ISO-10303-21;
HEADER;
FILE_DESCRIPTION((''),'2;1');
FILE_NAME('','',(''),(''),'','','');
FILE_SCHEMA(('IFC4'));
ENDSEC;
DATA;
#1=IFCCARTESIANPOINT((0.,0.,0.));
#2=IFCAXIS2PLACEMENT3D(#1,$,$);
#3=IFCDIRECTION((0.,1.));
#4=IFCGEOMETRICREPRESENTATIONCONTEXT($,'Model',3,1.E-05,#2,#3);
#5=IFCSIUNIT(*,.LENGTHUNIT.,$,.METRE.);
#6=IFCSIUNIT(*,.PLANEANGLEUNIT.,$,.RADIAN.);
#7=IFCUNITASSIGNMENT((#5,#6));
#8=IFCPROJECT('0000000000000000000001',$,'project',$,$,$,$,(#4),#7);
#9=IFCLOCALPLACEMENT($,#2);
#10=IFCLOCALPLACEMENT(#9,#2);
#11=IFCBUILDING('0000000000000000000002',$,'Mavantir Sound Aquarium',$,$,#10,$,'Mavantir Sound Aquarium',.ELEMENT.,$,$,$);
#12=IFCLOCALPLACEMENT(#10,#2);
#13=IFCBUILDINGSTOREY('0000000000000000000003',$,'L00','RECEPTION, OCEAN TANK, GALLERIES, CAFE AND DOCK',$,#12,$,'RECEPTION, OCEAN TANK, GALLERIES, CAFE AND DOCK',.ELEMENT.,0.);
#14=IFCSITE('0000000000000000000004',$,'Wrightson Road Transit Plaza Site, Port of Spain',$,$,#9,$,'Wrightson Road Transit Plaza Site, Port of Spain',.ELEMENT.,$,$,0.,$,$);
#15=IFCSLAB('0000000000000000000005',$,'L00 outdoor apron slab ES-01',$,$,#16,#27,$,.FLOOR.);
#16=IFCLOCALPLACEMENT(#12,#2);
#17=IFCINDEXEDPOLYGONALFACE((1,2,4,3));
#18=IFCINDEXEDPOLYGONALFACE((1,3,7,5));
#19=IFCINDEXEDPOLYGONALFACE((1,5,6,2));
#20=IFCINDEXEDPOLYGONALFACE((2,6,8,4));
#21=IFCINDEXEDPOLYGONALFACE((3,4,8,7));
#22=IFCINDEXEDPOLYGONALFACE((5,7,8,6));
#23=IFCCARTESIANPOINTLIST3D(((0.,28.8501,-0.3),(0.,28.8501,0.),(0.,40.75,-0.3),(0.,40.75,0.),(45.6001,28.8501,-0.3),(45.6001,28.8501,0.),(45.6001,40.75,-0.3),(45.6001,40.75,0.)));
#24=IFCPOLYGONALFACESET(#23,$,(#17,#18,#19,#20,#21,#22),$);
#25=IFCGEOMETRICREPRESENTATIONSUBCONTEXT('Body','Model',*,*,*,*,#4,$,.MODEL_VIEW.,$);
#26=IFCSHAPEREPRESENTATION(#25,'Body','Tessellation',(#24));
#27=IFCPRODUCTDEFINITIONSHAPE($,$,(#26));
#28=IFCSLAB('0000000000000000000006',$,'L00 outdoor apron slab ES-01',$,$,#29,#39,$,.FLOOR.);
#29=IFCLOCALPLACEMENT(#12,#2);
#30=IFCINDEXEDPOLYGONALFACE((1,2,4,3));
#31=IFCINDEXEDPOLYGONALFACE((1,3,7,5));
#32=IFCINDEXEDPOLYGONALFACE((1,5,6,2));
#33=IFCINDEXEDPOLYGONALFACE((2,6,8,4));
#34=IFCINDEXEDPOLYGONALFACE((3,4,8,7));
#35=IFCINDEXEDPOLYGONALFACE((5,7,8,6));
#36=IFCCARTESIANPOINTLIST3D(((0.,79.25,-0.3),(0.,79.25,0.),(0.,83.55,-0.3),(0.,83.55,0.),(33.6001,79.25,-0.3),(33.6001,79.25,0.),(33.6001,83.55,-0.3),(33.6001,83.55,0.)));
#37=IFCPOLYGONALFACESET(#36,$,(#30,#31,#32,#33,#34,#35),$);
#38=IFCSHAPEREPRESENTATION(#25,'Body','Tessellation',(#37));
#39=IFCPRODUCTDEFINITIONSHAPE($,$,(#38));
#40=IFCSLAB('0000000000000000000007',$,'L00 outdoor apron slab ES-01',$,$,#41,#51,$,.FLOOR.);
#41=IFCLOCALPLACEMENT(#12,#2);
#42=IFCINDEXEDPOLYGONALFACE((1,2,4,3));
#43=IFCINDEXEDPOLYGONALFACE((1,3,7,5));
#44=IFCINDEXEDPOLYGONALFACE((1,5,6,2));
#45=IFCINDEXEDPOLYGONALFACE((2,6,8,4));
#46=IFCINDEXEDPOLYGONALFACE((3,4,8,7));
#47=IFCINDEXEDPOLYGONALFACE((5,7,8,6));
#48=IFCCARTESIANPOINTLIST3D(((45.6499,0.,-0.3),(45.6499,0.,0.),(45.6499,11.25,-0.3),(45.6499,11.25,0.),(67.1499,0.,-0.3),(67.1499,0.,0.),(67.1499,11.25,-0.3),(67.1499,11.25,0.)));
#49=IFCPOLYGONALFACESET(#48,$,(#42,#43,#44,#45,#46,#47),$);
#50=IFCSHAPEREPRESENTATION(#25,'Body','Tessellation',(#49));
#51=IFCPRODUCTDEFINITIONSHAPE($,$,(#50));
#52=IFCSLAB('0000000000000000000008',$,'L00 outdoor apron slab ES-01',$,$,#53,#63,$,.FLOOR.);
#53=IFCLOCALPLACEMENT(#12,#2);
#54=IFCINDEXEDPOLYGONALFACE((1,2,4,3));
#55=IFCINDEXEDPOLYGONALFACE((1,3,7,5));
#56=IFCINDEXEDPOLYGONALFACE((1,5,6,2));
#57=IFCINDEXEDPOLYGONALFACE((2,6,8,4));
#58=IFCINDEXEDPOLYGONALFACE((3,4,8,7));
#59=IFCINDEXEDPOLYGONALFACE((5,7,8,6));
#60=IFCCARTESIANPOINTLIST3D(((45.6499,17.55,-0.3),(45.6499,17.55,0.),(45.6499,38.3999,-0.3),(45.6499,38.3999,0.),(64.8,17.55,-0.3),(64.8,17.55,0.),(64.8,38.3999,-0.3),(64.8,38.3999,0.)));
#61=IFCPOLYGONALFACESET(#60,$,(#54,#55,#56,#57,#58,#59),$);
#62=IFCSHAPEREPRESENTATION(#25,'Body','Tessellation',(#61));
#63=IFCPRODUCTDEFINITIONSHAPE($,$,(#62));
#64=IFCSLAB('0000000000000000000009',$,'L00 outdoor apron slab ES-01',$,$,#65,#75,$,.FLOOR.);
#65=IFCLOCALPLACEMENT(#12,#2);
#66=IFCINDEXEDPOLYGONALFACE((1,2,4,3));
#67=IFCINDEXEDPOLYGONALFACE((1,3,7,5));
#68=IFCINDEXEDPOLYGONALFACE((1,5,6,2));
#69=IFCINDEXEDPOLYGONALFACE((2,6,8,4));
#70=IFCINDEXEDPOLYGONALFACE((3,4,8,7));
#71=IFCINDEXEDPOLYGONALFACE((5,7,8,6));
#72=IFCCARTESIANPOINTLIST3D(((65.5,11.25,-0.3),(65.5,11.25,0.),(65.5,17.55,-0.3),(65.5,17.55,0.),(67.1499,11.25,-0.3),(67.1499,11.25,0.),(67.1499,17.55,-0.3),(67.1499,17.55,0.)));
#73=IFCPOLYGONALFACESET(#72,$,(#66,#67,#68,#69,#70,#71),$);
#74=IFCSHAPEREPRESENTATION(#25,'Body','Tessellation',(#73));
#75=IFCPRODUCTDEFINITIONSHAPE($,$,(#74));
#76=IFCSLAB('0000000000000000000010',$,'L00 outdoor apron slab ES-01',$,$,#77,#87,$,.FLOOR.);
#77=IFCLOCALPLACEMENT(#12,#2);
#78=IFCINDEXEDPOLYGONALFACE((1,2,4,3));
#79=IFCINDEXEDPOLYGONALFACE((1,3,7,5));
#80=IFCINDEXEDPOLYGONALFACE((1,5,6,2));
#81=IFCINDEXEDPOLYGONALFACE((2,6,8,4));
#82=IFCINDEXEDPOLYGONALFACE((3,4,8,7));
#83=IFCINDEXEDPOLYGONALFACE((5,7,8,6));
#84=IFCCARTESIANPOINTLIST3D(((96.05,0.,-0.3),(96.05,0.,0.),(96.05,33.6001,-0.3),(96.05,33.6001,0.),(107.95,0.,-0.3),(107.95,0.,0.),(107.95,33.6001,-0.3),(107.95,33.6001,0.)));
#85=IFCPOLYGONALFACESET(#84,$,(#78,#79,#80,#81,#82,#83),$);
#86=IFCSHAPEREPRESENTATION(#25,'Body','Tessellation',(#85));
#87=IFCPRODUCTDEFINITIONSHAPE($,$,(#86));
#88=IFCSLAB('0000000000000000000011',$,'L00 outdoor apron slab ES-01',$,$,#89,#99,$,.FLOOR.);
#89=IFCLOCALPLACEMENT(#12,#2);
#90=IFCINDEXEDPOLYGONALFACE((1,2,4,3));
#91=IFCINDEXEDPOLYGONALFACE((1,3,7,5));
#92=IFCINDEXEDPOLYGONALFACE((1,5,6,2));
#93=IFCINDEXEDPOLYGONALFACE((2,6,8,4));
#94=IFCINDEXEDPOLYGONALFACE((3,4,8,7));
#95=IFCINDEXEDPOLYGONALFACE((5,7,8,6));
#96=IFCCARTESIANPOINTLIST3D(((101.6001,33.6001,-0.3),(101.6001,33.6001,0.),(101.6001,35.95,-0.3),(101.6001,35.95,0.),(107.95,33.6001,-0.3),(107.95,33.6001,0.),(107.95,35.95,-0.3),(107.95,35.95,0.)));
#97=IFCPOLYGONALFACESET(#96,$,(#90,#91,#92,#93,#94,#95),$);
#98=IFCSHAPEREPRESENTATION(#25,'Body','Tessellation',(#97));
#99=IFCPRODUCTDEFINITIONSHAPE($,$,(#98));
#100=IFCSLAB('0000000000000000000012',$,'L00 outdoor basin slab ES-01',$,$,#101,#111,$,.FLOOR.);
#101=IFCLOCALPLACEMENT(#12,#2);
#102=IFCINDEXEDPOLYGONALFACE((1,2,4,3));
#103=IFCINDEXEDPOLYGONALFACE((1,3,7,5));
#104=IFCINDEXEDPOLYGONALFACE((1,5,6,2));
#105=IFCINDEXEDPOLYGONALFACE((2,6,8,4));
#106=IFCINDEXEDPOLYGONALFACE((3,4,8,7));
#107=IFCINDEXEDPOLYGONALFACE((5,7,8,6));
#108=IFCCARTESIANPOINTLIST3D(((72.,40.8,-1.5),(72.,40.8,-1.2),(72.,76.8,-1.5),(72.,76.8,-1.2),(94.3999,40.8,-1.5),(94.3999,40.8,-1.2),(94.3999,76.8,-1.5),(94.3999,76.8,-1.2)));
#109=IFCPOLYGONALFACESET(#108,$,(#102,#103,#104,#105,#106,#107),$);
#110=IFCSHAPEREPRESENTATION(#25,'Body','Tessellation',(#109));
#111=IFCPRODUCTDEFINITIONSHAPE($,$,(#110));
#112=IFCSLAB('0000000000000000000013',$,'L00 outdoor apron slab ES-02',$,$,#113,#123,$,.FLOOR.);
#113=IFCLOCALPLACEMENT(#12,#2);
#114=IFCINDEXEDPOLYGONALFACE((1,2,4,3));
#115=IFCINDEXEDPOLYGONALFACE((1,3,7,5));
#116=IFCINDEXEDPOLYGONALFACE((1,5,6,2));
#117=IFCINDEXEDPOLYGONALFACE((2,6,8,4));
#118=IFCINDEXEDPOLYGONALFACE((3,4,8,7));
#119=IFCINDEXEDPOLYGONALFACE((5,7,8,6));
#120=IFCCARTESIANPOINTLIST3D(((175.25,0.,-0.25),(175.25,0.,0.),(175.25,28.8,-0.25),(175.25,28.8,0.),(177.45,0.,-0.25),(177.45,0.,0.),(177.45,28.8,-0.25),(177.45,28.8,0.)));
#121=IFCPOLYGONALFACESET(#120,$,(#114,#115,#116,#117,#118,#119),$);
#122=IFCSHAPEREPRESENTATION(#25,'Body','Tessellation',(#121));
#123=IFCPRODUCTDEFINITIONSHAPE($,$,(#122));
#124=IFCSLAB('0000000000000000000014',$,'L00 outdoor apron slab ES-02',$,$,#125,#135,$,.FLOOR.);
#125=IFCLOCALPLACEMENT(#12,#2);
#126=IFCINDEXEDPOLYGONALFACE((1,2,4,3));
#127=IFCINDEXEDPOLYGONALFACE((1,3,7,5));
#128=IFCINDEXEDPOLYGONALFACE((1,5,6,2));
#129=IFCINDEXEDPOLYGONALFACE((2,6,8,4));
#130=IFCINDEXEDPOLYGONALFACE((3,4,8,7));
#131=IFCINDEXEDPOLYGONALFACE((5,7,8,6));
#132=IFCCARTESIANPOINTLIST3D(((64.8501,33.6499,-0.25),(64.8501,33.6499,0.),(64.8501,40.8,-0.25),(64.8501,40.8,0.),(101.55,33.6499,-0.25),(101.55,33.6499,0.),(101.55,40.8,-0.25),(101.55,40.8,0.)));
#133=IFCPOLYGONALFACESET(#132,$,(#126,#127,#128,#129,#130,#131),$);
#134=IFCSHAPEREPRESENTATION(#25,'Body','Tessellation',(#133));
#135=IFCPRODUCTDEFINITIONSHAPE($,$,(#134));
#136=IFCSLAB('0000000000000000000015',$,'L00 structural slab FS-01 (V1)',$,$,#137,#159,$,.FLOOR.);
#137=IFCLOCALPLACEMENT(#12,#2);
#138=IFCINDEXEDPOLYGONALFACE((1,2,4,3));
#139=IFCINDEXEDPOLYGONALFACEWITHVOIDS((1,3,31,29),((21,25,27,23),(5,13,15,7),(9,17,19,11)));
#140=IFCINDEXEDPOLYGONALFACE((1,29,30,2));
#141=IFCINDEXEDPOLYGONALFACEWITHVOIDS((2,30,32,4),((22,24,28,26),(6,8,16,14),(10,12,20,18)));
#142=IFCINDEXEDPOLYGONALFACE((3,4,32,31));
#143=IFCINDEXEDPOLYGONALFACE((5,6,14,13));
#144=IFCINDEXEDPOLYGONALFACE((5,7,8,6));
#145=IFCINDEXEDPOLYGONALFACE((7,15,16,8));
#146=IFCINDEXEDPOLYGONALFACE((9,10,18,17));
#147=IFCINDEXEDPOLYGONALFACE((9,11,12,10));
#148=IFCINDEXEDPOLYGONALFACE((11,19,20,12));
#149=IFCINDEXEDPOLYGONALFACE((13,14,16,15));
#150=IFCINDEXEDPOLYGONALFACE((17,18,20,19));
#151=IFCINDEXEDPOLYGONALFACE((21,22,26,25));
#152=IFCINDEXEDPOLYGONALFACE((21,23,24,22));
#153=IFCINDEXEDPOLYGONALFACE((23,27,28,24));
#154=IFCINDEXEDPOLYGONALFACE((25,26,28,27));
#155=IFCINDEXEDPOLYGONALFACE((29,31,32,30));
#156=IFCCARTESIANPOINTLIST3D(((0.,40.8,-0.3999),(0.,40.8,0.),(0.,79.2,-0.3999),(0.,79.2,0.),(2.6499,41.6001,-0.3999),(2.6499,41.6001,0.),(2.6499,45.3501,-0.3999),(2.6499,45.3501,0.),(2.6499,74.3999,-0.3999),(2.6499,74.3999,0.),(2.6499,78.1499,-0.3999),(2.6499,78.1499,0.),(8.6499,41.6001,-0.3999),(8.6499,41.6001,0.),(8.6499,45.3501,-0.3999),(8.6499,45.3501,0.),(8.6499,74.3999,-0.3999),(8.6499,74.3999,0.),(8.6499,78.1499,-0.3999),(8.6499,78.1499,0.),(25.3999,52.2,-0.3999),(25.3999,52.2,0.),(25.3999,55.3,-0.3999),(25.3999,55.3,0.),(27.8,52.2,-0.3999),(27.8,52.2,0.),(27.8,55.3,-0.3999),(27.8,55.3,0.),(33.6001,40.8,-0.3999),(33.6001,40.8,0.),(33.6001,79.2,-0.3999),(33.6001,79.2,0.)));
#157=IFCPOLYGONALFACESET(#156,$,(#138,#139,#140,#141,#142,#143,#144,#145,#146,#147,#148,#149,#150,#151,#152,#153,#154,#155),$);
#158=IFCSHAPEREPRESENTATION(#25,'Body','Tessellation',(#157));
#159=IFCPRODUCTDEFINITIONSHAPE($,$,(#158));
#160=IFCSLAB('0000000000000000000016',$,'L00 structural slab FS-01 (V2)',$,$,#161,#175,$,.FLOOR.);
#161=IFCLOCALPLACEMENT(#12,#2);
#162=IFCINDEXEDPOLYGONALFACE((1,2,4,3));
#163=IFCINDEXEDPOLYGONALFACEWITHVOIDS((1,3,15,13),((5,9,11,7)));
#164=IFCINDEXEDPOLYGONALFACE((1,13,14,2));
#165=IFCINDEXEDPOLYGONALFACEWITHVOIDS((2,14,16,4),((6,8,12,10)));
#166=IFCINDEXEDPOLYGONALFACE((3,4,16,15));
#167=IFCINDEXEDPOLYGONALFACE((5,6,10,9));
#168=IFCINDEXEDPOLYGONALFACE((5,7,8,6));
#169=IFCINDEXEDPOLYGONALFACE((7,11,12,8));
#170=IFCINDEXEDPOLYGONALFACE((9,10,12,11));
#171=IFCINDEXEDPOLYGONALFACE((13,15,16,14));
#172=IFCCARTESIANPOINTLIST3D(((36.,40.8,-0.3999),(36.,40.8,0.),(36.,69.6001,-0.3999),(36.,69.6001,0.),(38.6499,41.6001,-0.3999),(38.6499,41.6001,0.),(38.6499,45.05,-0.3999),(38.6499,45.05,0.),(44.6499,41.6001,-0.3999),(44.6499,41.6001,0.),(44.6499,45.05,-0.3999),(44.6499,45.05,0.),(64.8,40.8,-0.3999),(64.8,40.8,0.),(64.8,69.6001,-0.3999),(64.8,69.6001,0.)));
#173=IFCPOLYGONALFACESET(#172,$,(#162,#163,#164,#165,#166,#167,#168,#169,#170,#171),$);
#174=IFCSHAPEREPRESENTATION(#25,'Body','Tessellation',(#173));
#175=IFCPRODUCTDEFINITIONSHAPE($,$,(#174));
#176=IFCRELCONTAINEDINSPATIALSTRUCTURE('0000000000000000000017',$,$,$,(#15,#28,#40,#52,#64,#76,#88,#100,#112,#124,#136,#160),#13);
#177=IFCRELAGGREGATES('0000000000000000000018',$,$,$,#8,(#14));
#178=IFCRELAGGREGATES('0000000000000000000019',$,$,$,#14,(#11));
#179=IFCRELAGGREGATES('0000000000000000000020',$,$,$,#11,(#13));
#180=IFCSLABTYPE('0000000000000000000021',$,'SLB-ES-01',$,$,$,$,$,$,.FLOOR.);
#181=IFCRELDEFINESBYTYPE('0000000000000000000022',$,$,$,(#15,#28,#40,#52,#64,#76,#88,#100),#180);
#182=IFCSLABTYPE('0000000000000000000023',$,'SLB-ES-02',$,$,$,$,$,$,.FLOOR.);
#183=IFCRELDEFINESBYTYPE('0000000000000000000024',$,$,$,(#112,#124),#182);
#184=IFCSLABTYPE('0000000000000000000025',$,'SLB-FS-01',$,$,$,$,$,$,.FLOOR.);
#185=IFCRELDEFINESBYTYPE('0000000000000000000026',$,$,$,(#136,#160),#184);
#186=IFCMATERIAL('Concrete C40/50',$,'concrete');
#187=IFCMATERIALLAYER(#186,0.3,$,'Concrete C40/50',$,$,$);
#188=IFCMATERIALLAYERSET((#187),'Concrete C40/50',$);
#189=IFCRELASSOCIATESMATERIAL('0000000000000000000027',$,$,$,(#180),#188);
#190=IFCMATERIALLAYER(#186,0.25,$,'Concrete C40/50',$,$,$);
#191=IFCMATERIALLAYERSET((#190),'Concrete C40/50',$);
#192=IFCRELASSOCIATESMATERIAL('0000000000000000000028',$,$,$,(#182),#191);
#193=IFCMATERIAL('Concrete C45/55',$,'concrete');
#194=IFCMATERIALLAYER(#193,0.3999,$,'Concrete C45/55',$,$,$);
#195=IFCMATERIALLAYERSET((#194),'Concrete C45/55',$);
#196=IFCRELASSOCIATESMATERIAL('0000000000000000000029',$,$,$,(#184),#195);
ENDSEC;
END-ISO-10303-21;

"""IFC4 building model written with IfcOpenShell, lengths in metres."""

from ifc_helpers import new_model, si_unit, direction, frame, origin, place, context, subcontext, project, spatial, polyline, outline, extrude, material, layer, layer_set, type_object, element, save


model = new_model("IFC4")

# Units and contexts
model_context = context("Model", 3, precision=1e-05, world=origin(), true_north=direction((0.0, 1.0)))
body_context = subcontext(model_context, "Body", "Model", "MODEL_VIEW")
ifc_project = project(units=[si_unit("LENGTHUNIT", "METRE"), si_unit("PLANEANGLEUNIT", "RADIAN")], contexts=[model_context])

# Site, building, storey
site_placement = place(None, origin())
site = spatial("IfcSite", under=ifc_project, at=site_placement, Name="Wrightson Road Transit Plaza Site, Port of Spain", LongName="Wrightson Road Transit Plaza Site, Port of Spain", CompositionType="ELEMENT", RefElevation=0.0)
building_placement = place(site_placement, origin())
building = spatial("IfcBuilding", under=site, at=building_placement, Name="Mavantir Sound Aquarium", LongName="Mavantir Sound Aquarium", CompositionType="ELEMENT")
storey_placement = place(building_placement, origin())
storey = spatial("IfcBuildingStorey", under=building, at=storey_placement, Name="L00", Description="RECEPTION, OCEAN TANK, GALLERIES, CAFE AND DOCK", LongName="RECEPTION, OCEAN TANK, GALLERIES, CAFE AND DOCK", CompositionType="ELEMENT", Elevation=0.0)

# Slabs
ifc_material_1 = material(Name="Concrete C40/50", Category="concrete")
ifc_layer_1 = layer(ifc_material_1, 0.3, Name="Concrete C40/50")
ifc_layer_set_1 = layer_set([ifc_layer_1], Name="Concrete C40/50")
slab_type_1 = type_object("IfcSlabType", Name="SLB-ES-01", PredefinedType="FLOOR", material=ifc_layer_set_1)
slab_1_placement = place(storey_placement, frame((0.0, 0.0, -0.3)))
element("IfcSlab", 1, at=slab_1_placement, inside=storey, type_object=slab_type_1, Name="L00 outdoor apron slab ES-01", PredefinedType="FLOOR", context=body_context, shape_type="SweptSolid", body=[
    extrude(outline(polyline([(0.0, 28.8501), (45.6001, 28.8501), (45.6001, 40.75), (0.0, 40.75), (0.0, 28.8501)])), origin(), (0.0, 0.0, 1.0), 0.3),
])
slab_2_placement = place(storey_placement, frame((0.0, 0.0, -0.3)))
element("IfcSlab", 2, at=slab_2_placement, inside=storey, type_object=slab_type_1, Name="L00 outdoor apron slab ES-01", PredefinedType="FLOOR", context=body_context, shape_type="SweptSolid", body=[
    extrude(outline(polyline([(0.0, 79.25), (33.6001, 79.25), (33.6001, 83.55), (0.0, 83.55), (0.0, 79.25)])), origin(), (0.0, 0.0, 1.0), 0.3),
])
slab_3_placement = place(storey_placement, frame((0.0, 0.0, -0.3)))
element("IfcSlab", 3, at=slab_3_placement, inside=storey, type_object=slab_type_1, Name="L00 outdoor apron slab ES-01", PredefinedType="FLOOR", context=body_context, shape_type="SweptSolid", body=[
    extrude(outline(polyline([(45.6499, 0.0), (67.1499, 0.0), (67.1499, 11.25), (45.6499, 11.25), (45.6499, 0.0)])), origin(), (0.0, 0.0, 1.0), 0.3),
])
slab_4_placement = place(storey_placement, frame((0.0, 0.0, -0.3)))
element("IfcSlab", 4, at=slab_4_placement, inside=storey, type_object=slab_type_1, Name="L00 outdoor apron slab ES-01", PredefinedType="FLOOR", context=body_context, shape_type="SweptSolid", body=[
    extrude(outline(polyline([(45.6499, 17.55), (64.8, 17.55), (64.8, 38.3999), (45.6499, 38.3999), (45.6499, 17.55)])), origin(), (0.0, 0.0, 1.0), 0.3),
])
slab_5_placement = place(storey_placement, frame((0.0, 0.0, -0.3)))
element("IfcSlab", 5, at=slab_5_placement, inside=storey, type_object=slab_type_1, Name="L00 outdoor apron slab ES-01", PredefinedType="FLOOR", context=body_context, shape_type="SweptSolid", body=[
    extrude(outline(polyline([(65.5, 11.25), (67.1499, 11.25), (67.1499, 17.55), (65.5, 17.55), (65.5, 11.25)])), origin(), (0.0, 0.0, 1.0), 0.3),
])
slab_6_placement = place(storey_placement, frame((0.0, 0.0, -0.3)))
element("IfcSlab", 6, at=slab_6_placement, inside=storey, type_object=slab_type_1, Name="L00 outdoor apron slab ES-01", PredefinedType="FLOOR", context=body_context, shape_type="SweptSolid", body=[
    extrude(outline(polyline([(96.05, 0.0), (107.95, 0.0), (107.95, 33.6001), (96.05, 33.6001), (96.05, 0.0)])), origin(), (0.0, 0.0, 1.0), 0.3),
])
slab_7_placement = place(storey_placement, frame((0.0, 0.0, -0.3)))
element("IfcSlab", 7, at=slab_7_placement, inside=storey, type_object=slab_type_1, Name="L00 outdoor apron slab ES-01", PredefinedType="FLOOR", context=body_context, shape_type="SweptSolid", body=[
    extrude(outline(polyline([(101.6001, 33.6001), (107.95, 33.6001), (107.95, 35.95), (101.6001, 35.95), (101.6001, 33.6001)])), origin(), (0.0, 0.0, 1.0), 0.3),
])
slab_8_placement = place(storey_placement, frame((0.0, 0.0, -1.5)))
element("IfcSlab", 8, at=slab_8_placement, inside=storey, type_object=slab_type_1, Name="L00 outdoor basin slab ES-01", PredefinedType="FLOOR", context=body_context, shape_type="SweptSolid", body=[
    extrude(outline(polyline([(72.0, 40.8), (94.3999, 40.8), (94.3999, 76.8), (72.0, 76.8), (72.0, 40.8)])), origin(), (0.0, 0.0, 1.0), 0.3),
])
ifc_layer_2 = layer(ifc_material_1, 0.25, Name="Concrete C40/50")
ifc_layer_set_2 = layer_set([ifc_layer_2], Name="Concrete C40/50")
slab_type_2 = type_object("IfcSlabType", Name="SLB-ES-02", PredefinedType="FLOOR", material=ifc_layer_set_2)
slab_9_placement = place(storey_placement, frame((0.0, 0.0, -0.25)))
element("IfcSlab", 9, at=slab_9_placement, inside=storey, type_object=slab_type_2, Name="L00 outdoor apron slab ES-02", PredefinedType="FLOOR", context=body_context, shape_type="SweptSolid", body=[
    extrude(outline(polyline([(175.25, 0.0), (177.45, 0.0), (177.45, 28.8), (175.25, 28.8), (175.25, 0.0)])), origin(), (0.0, 0.0, 1.0), 0.25),
])
slab_10_placement = place(storey_placement, frame((0.0, 0.0, -0.25)))
element("IfcSlab", 10, at=slab_10_placement, inside=storey, type_object=slab_type_2, Name="L00 outdoor apron slab ES-02", PredefinedType="FLOOR", context=body_context, shape_type="SweptSolid", body=[
    extrude(outline(polyline([(64.8501, 33.6499), (101.55, 33.6499), (101.55, 40.8), (64.8501, 40.8), (64.8501, 33.6499)])), origin(), (0.0, 0.0, 1.0), 0.25),
])
ifc_material_2 = material(Name="Concrete C45/55", Category="concrete")
ifc_layer_3 = layer(ifc_material_2, 0.3999, Name="Concrete C45/55")
ifc_layer_set_3 = layer_set([ifc_layer_3], Name="Concrete C45/55")
slab_type_3 = type_object("IfcSlabType", Name="SLB-FS-01", PredefinedType="FLOOR", material=ifc_layer_set_3)
slab_11_placement = place(storey_placement, frame((0.0, 0.0, -0.3999)))
element("IfcSlab", 11, at=slab_11_placement, inside=storey, type_object=slab_type_3, Name="L00 structural slab FS-01 (V1)", PredefinedType="FLOOR", context=body_context, shape_type="SweptSolid", body=[
    extrude(outline(polyline([(33.6001, 40.8), (33.6001, 79.2), (0.0, 79.2), (0.0, 40.8), (33.6001, 40.8)]), holes=[polyline([(2.6499, 41.6001), (8.6499, 41.6001), (8.6499, 45.3501), (2.6499, 45.3501), (2.6499, 41.6001)]), polyline([(2.6499, 74.3999), (8.6499, 74.3999), (8.6499, 78.1499), (2.6499, 78.1499), (2.6499, 74.3999)]), polyline([(25.3999, 52.2), (27.8, 52.2), (27.8, 55.3), (25.3999, 55.3), (25.3999, 52.2)])]), origin(), (0.0, 0.0, 1.0), 0.3999),
])
slab_12_placement = place(storey_placement, frame((0.0, 0.0, -0.3999)))
element("IfcSlab", 12, at=slab_12_placement, inside=storey, type_object=slab_type_3, Name="L00 structural slab FS-01 (V2)", PredefinedType="FLOOR", context=body_context, shape_type="SweptSolid", body=[
    extrude(outline(polyline([(64.8, 40.8), (64.8, 69.6001), (36.0, 69.6001), (36.0, 40.8), (64.8, 40.8)]), holes=[polyline([(38.6499, 41.6001), (44.6499, 41.6001), (44.6499, 45.05), (38.6499, 45.05), (38.6499, 41.6001)])]), origin(), (0.0, 0.0, 1.0), 0.3999),
])

save(model, "model.ifc")
